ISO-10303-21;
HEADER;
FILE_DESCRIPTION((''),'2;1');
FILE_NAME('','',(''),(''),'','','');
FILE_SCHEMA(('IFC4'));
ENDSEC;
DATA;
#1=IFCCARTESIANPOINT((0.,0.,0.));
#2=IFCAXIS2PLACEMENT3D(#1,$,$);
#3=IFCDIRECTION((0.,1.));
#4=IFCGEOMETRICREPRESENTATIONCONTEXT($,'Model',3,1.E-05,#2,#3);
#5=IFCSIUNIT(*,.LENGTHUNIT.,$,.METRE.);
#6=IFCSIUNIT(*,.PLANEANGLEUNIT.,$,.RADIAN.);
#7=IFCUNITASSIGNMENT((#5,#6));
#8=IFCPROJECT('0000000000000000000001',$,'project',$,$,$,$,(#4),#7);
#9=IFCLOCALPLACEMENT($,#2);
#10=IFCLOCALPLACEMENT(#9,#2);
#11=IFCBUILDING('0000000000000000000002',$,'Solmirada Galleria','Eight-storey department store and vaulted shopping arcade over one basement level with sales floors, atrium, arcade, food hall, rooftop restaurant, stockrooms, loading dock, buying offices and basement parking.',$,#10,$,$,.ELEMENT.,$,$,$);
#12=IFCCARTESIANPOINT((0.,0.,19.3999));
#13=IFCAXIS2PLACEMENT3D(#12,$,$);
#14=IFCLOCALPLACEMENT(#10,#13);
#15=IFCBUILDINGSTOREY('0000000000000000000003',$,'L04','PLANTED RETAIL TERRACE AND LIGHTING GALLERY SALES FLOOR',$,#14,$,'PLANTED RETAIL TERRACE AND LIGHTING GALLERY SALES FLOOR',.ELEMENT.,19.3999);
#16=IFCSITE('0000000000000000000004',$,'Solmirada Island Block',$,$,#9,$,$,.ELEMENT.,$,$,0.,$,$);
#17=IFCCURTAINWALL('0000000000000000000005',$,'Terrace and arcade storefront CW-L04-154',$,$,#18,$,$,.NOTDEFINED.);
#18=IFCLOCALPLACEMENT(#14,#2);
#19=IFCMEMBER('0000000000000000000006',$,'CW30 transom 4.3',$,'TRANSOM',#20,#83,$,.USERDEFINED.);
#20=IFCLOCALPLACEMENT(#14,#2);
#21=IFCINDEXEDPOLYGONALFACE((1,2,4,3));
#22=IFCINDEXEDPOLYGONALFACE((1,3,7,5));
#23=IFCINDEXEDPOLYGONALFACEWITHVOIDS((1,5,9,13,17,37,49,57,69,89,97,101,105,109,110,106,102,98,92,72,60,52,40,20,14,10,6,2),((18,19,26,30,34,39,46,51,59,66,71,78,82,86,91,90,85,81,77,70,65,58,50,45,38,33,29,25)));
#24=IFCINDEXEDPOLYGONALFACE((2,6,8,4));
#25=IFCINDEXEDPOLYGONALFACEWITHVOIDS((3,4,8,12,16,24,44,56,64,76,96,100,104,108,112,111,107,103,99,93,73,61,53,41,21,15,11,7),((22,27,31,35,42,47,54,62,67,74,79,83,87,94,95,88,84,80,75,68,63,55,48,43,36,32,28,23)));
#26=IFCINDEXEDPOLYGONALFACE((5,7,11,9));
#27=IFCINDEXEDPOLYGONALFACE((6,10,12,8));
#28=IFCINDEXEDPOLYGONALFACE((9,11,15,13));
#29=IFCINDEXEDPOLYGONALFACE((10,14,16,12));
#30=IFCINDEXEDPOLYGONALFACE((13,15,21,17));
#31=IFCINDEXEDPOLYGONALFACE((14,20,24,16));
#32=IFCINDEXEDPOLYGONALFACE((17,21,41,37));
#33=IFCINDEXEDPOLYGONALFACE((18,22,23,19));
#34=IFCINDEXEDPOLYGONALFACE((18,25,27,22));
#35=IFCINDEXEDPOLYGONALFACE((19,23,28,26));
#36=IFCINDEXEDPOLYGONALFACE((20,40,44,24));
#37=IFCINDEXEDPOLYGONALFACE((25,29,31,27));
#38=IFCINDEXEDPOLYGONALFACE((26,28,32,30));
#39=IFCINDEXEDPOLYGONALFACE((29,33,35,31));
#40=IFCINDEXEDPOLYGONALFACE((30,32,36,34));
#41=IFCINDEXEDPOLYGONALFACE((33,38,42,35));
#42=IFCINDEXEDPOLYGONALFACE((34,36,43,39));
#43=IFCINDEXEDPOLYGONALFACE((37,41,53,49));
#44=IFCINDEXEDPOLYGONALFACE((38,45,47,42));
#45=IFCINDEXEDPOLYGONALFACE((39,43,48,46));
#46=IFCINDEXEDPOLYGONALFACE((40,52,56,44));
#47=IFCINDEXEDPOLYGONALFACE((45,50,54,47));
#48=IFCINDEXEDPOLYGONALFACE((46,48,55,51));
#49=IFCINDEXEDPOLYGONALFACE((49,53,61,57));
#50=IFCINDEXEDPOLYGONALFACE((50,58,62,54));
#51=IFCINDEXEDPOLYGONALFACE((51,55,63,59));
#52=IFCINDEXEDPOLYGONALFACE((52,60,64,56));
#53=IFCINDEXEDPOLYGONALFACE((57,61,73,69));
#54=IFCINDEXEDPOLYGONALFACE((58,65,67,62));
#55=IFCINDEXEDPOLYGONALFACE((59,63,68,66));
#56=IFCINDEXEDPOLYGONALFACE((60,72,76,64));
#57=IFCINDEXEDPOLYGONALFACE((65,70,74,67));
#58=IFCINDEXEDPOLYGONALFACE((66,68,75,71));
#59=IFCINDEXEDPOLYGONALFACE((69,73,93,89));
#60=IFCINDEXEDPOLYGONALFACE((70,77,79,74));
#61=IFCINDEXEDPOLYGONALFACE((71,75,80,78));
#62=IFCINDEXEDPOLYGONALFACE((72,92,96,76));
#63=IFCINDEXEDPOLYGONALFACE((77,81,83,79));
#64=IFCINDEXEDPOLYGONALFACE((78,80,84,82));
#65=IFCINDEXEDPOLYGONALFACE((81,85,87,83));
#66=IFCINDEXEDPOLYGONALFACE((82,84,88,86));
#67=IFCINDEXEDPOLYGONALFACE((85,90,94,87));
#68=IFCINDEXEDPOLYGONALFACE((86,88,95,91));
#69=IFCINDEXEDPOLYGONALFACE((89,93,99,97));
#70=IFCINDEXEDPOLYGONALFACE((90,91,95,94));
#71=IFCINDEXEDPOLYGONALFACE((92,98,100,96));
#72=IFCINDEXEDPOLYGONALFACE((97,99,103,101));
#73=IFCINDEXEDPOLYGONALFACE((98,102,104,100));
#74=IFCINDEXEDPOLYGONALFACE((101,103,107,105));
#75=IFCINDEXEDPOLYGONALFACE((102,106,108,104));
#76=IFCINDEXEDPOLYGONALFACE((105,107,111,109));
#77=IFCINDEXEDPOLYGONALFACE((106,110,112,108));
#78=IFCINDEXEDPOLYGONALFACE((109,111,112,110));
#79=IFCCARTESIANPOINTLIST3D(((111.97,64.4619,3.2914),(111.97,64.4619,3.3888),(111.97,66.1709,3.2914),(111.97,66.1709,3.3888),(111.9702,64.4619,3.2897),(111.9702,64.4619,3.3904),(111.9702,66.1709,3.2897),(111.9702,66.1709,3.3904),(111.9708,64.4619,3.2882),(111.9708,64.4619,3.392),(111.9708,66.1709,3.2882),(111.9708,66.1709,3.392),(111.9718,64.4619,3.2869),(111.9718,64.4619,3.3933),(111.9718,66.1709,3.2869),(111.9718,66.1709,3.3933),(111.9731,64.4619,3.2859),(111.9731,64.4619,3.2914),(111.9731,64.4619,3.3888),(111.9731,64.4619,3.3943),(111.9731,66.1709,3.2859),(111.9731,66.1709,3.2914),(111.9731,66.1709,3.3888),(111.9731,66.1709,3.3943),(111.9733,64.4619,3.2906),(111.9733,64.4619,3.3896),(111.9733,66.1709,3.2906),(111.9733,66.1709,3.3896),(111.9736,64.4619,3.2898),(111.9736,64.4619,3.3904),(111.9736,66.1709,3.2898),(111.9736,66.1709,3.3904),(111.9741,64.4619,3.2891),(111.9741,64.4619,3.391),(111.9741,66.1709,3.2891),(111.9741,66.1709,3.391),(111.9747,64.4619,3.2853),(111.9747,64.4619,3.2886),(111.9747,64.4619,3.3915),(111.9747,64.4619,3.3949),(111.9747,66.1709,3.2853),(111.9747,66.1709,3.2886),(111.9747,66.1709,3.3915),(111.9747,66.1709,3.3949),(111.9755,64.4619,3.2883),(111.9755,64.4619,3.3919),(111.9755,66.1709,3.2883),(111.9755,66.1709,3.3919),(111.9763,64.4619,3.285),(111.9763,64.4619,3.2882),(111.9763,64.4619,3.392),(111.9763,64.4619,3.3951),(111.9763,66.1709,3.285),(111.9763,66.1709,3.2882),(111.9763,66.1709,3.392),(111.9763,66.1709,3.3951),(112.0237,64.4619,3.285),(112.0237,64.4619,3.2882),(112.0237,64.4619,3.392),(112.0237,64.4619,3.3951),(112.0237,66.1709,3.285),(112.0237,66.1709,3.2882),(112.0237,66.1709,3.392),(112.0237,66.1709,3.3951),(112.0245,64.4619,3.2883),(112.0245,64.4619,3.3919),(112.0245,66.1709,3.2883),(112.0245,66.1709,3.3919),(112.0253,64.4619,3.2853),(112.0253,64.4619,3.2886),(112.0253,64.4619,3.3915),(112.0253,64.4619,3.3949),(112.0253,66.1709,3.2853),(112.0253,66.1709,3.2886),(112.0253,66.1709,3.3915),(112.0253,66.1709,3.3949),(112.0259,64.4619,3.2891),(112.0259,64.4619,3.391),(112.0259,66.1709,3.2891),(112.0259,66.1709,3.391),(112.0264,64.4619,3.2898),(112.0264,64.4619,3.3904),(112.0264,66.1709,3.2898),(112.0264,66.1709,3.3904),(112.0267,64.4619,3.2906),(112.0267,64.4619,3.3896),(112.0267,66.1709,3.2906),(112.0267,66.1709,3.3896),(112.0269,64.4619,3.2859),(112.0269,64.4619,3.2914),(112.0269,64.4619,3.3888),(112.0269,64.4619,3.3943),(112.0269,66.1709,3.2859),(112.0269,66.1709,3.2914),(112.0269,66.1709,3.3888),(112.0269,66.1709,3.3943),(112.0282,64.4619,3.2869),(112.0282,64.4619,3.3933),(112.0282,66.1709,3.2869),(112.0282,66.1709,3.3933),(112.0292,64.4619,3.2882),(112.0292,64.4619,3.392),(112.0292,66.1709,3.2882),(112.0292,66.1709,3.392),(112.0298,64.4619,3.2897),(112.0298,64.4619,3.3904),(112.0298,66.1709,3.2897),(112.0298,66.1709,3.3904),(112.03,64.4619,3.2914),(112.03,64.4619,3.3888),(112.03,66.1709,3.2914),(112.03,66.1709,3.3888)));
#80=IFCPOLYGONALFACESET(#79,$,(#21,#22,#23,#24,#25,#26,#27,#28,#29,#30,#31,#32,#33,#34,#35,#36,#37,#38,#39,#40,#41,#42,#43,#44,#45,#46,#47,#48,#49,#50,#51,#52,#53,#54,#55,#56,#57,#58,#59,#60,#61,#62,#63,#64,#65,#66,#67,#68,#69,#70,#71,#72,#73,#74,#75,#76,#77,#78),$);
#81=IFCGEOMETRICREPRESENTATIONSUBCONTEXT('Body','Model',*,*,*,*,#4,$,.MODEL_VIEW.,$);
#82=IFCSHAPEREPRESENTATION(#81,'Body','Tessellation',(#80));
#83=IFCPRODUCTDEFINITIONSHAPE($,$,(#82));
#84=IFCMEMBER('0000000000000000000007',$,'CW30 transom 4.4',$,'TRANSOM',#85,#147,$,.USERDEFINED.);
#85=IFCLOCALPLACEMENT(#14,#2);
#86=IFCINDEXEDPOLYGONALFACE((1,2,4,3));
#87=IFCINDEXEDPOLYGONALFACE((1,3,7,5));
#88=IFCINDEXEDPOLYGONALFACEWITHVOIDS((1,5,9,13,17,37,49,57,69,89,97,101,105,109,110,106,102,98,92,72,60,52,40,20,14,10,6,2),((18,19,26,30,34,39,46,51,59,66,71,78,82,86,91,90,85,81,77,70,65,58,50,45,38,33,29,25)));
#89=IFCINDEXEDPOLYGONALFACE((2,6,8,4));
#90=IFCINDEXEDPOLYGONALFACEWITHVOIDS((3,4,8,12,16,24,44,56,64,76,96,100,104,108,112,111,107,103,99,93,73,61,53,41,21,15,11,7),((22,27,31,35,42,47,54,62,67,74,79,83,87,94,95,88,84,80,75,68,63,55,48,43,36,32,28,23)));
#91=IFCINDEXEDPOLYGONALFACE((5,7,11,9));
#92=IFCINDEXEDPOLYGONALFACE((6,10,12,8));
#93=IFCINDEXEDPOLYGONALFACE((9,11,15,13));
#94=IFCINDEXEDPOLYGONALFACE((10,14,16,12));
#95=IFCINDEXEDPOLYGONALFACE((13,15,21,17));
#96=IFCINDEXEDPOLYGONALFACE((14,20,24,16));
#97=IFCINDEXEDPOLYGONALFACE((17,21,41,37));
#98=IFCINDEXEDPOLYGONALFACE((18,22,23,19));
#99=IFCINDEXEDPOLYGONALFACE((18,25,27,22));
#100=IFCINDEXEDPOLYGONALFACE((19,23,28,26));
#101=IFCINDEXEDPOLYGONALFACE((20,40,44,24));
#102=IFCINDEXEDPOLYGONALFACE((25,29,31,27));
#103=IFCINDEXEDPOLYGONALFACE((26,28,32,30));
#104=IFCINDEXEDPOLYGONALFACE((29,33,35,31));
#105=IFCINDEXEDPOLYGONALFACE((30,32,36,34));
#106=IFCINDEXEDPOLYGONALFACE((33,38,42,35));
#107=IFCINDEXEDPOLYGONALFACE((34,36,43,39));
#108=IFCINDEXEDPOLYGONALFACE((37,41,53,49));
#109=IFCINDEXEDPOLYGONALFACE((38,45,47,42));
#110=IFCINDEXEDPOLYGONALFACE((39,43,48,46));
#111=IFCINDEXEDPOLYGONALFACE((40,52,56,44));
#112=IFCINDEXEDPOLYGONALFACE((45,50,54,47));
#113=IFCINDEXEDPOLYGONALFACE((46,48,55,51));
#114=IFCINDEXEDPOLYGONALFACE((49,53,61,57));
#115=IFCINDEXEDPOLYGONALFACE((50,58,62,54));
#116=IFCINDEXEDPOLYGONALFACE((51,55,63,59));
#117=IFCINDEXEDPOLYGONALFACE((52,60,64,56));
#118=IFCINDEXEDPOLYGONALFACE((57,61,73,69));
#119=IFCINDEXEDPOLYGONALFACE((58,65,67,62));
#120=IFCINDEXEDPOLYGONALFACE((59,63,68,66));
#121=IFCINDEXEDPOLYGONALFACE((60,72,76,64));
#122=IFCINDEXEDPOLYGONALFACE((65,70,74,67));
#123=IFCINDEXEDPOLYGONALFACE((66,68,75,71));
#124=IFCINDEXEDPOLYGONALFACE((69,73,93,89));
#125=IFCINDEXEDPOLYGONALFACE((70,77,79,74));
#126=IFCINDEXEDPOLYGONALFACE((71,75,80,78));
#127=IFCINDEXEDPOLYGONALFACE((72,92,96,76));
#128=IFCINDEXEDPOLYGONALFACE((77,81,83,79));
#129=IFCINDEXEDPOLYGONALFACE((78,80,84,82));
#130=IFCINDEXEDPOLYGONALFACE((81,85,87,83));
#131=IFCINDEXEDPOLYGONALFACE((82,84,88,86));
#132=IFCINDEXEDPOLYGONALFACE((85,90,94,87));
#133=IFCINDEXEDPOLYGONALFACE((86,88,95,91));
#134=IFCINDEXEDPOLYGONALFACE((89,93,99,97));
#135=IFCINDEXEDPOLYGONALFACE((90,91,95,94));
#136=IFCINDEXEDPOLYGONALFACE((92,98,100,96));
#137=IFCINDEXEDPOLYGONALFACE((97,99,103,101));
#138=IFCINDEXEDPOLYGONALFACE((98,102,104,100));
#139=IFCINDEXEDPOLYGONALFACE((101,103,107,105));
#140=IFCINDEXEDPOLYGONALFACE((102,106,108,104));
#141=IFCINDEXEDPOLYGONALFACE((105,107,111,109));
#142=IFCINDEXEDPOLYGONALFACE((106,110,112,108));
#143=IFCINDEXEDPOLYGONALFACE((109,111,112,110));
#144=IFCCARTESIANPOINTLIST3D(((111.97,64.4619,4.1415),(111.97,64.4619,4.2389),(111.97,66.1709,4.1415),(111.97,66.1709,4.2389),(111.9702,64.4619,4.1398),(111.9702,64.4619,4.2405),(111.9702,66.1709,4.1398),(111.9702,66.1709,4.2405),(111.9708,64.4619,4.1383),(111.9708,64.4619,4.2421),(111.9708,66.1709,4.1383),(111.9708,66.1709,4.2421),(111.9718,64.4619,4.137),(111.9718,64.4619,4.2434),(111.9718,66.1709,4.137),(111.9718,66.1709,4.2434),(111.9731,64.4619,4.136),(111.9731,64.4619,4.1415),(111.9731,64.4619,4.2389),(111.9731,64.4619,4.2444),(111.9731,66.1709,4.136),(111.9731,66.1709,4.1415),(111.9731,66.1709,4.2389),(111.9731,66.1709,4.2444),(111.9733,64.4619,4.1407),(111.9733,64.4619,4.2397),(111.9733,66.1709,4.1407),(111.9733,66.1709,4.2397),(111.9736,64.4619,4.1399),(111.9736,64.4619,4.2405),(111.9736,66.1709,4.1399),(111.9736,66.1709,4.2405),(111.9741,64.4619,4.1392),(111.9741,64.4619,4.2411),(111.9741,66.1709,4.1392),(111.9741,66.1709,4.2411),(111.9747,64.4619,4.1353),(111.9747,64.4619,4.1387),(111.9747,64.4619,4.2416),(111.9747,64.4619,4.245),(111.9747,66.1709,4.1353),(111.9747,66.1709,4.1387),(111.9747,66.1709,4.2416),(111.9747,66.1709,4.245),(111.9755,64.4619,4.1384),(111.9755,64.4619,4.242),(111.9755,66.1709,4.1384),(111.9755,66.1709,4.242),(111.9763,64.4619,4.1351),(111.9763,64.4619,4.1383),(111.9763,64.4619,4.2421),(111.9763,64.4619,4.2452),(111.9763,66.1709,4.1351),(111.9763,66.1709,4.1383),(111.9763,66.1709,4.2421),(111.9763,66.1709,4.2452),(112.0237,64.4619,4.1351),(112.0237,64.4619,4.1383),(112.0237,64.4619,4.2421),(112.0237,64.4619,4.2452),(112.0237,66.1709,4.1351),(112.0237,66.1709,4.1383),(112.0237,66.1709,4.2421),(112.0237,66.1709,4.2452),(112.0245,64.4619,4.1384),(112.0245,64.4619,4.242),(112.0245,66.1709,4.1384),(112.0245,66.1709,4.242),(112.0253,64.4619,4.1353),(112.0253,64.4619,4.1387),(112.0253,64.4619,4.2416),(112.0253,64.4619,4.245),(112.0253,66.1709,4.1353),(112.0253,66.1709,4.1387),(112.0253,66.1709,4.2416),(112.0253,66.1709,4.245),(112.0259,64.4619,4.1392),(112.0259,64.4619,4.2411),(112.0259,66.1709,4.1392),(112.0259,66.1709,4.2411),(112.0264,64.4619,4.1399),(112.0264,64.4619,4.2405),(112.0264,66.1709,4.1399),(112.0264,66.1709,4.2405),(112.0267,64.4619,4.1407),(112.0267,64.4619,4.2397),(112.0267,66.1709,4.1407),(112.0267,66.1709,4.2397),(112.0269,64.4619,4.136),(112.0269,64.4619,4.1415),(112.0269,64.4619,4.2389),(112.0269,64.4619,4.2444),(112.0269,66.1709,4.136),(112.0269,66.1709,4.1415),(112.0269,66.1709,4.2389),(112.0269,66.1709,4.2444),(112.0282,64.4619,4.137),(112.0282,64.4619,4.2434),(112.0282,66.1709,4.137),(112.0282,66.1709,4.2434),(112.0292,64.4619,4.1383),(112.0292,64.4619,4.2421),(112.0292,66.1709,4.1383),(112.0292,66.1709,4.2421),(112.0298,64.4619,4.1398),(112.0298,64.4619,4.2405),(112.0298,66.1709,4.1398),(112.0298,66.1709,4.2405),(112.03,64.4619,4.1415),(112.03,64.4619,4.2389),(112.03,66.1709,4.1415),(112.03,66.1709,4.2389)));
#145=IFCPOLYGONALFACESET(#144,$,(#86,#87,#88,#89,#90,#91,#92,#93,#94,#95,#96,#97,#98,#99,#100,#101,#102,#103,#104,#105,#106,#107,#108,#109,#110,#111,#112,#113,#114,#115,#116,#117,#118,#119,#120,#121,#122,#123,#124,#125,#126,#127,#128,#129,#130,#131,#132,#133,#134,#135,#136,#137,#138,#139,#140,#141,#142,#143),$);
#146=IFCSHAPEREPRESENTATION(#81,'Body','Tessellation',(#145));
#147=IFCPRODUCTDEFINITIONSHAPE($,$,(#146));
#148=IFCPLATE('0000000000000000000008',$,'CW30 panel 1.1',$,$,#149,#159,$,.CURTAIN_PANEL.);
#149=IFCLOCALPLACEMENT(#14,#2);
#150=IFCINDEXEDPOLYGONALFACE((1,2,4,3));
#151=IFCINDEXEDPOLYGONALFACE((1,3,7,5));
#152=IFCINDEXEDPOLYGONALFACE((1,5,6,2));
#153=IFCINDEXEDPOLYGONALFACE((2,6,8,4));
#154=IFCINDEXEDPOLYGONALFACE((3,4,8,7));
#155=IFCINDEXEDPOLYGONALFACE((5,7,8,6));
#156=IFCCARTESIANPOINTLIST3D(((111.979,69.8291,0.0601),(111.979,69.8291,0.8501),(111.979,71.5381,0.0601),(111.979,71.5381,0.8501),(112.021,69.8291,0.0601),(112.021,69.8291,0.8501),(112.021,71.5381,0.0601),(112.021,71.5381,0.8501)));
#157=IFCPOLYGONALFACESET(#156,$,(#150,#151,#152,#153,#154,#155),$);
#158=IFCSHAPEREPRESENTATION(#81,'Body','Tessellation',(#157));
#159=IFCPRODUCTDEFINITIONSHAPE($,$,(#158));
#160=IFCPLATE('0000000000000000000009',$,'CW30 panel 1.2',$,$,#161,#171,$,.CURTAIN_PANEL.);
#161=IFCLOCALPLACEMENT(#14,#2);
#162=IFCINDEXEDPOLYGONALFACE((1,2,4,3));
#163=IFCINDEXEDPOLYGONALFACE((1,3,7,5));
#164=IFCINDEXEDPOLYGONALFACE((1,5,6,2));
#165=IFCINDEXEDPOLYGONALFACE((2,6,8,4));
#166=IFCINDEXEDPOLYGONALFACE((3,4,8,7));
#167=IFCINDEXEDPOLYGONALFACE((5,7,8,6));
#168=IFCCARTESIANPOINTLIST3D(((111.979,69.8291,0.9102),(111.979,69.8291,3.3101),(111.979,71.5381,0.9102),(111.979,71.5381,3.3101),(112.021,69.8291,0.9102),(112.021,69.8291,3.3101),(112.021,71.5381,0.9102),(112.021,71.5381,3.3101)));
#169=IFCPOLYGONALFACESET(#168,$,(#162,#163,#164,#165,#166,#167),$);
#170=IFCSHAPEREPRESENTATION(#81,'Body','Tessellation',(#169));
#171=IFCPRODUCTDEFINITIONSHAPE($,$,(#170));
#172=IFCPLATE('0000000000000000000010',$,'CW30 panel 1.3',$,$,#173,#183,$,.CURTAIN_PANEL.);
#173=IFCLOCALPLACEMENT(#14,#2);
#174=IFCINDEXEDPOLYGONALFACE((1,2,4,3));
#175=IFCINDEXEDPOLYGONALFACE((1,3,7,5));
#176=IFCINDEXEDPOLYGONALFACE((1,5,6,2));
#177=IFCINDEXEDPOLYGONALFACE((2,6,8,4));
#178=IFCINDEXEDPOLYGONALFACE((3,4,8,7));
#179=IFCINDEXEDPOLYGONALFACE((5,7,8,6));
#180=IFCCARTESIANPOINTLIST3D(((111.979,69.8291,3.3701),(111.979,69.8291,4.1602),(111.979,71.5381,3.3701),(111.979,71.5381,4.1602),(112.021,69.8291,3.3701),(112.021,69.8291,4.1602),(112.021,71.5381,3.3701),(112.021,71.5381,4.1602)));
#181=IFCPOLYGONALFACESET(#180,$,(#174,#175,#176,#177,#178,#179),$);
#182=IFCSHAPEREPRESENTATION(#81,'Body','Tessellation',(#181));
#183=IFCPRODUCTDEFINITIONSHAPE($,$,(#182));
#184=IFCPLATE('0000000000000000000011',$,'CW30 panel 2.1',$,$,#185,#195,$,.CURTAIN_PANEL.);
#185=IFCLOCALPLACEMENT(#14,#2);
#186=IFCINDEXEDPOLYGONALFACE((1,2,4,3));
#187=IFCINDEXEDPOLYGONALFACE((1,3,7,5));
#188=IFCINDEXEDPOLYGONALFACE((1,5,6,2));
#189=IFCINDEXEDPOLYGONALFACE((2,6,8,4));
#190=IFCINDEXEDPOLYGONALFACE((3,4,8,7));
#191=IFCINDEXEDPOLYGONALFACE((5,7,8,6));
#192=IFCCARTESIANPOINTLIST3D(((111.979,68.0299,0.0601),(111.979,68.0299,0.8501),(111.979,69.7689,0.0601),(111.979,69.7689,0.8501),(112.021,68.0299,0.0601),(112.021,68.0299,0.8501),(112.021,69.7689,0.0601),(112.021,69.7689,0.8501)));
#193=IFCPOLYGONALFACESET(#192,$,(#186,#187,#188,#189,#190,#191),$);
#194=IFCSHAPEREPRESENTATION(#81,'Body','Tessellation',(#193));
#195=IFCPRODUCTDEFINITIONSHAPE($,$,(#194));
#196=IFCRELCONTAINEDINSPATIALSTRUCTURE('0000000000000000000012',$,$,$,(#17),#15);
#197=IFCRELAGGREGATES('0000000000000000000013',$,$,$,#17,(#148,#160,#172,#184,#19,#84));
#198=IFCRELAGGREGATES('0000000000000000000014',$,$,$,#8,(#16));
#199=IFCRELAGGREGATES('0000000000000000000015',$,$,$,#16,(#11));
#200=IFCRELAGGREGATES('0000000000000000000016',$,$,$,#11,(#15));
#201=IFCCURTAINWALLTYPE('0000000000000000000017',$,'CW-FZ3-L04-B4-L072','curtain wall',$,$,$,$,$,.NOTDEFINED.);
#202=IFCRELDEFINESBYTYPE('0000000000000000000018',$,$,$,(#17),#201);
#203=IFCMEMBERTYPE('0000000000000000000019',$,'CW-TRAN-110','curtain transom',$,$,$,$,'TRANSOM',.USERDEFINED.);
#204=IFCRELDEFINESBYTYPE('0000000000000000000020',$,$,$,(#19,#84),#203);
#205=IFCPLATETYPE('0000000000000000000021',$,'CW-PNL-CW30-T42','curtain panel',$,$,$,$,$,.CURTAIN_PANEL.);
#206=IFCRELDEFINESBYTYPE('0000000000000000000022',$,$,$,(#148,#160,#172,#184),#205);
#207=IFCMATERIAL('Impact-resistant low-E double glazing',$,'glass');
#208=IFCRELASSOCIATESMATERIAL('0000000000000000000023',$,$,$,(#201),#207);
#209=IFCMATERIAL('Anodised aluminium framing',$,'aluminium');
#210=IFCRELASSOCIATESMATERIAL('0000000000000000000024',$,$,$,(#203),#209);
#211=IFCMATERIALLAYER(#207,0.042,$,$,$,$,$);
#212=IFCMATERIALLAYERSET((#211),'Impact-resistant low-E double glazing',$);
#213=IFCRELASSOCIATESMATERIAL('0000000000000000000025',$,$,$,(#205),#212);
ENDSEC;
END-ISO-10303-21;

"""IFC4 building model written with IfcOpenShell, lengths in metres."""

from ifc_helpers import new_model, si_unit, direction, frame, origin, origin_2d, place, context, subcontext, project, spatial, rectangle, hollow_rectangle, extrude, material, layer, layer_set, material_profile, profile_set, type_object, element, aggregate, save


model = new_model("IFC4")

# Units and contexts
model_context = context("Model", 3, precision=1e-05, world=origin(), true_north=direction((0.0, 1.0)))
body_context = subcontext(model_context, "Body", "Model", "MODEL_VIEW")
ifc_project = project(units=[si_unit("LENGTHUNIT", "METRE"), si_unit("PLANEANGLEUNIT", "RADIAN")], contexts=[model_context])

# Site, building, storey
site_placement = place(None, origin())
site = spatial("IfcSite", under=ifc_project, at=site_placement, Name="Solmirada Island Block", CompositionType="ELEMENT", RefElevation=0.0)
building_placement = place(site_placement, origin())
building = spatial("IfcBuilding", under=site, at=building_placement, Name="Solmirada Galleria", Description="Eight-storey department store and vaulted shopping arcade over one basement level with sales floors, atrium, arcade, food hall, rooftop restaurant, stockrooms, loading dock, buying offices and basement parking.", CompositionType="ELEMENT")
storey_placement = place(building_placement, frame((0.0, 0.0, 19.3999)))
storey = spatial("IfcBuildingStorey", under=building, at=storey_placement, Name="L04", Description="PLANTED RETAIL TERRACE AND LIGHTING GALLERY SALES FLOOR", LongName="PLANTED RETAIL TERRACE AND LIGHTING GALLERY SALES FLOOR", CompositionType="ELEMENT", Elevation=19.3999)

# Curtain wall, members, plates
ifc_material_1 = material(Name="Impact-resistant low-E double glazing", Category="glass")
curtain_wall_type = type_object("IfcCurtainWallType", Name="CW-FZ3-L04-B4-L072", Description="curtain wall", PredefinedType="NOTDEFINED", material=ifc_material_1)
curtain_wall_placement = place(storey_placement, origin())
curtain_wall = element("IfcCurtainWall", 1, at=curtain_wall_placement, inside=storey, type_object=curtain_wall_type, Name="Terrace and arcade storefront CW-L04-154", PredefinedType="NOTDEFINED")
ifc_material_2 = material(Name="Anodised aluminium framing", Category="aluminium")
ifc_material_profile_1 = material_profile(ifc_material_2, hollow_rectangle(XDim=0.0601, YDim=0.1101, WallThickness=0.0032, InnerFilletRadius=0.0032, OuterFilletRadius=0.0063, at=origin_2d()), Name="ALU-TRAN-110X60")
ifc_profile_set_1 = profile_set([ifc_material_profile_1], Name="Anodised aluminium framing")
member_type_1 = type_object("IfcMemberType", Name="CW-TRAN-110", Description="curtain transom", ElementType="TRANSOM", PredefinedType="USERDEFINED", material=ifc_profile_set_1)
member_1_placement = place(storey_placement, frame((112.0, 66.1709, 3.3401), z_axis=(0.0, -1.0, 0.0), x_axis=(1.0, 0.0, 0.0)))
member_1 = element("IfcMember", 2, at=member_1_placement, type_object=member_type_1, Name="CW30 transom 4.3", ObjectType="TRANSOM", PredefinedType="USERDEFINED", context=body_context, shape_type="SweptSolid", body=[
    extrude(hollow_rectangle(XDim=0.0601, YDim=0.1101, WallThickness=0.0032, InnerFilletRadius=0.0032, OuterFilletRadius=0.0063, at=origin_2d()), origin(), (0.0, 0.0, 1.0), 1.709),
])
member_2_placement = place(storey_placement, frame((112.0, 66.1709, 4.1902), z_axis=(0.0, -1.0, 0.0), x_axis=(1.0, 0.0, 0.0)))
member_2 = element("IfcMember", 3, at=member_2_placement, type_object=member_type_1, Name="CW30 transom 4.4", ObjectType="TRANSOM", PredefinedType="USERDEFINED", context=body_context, shape_type="SweptSolid", body=[
    extrude(hollow_rectangle(XDim=0.0601, YDim=0.1101, WallThickness=0.0032, InnerFilletRadius=0.0032, OuterFilletRadius=0.0063, at=origin_2d()), origin(), (0.0, 0.0, 1.0), 1.709),
])
ifc_layer = layer(ifc_material_1, 0.042)
ifc_layer_set = layer_set([ifc_layer], Name="Impact-resistant low-E double glazing")
plate_type = type_object("IfcPlateType", Name="CW-PNL-CW30-T42", Description="curtain panel", PredefinedType="CURTAIN_PANEL", material=ifc_layer_set)
plate_1_placement = place(storey_placement, frame((112.0, 70.6836, 0.0601), z_axis=(0.0, 0.0, 1.0), x_axis=(0.0, -1.0, 0.0)))
plate_1 = element("IfcPlate", 4, at=plate_1_placement, type_object=plate_type, Name="CW30 panel 1.1", PredefinedType="CURTAIN_PANEL", context=body_context, shape_type="SweptSolid", body=[
    extrude(rectangle(XDim=1.709, YDim=0.042, at=origin_2d()), origin(), (0.0, 0.0, 1.0), 0.79),
])
plate_2_placement = place(storey_placement, frame((112.0, 70.6836, 0.9102), z_axis=(0.0, 0.0, 1.0), x_axis=(0.0, -1.0, 0.0)))
plate_2 = element("IfcPlate", 5, at=plate_2_placement, type_object=plate_type, Name="CW30 panel 1.2", PredefinedType="CURTAIN_PANEL", context=body_context, shape_type="SweptSolid", body=[
    extrude(rectangle(XDim=1.709, YDim=0.042, at=origin_2d()), origin(), (0.0, 0.0, 1.0), 2.3999),
])
plate_3_placement = place(storey_placement, frame((112.0, 70.6836, 3.3701), z_axis=(0.0, 0.0, 1.0), x_axis=(0.0, -1.0, 0.0)))
plate_3 = element("IfcPlate", 6, at=plate_3_placement, type_object=plate_type, Name="CW30 panel 1.3", PredefinedType="CURTAIN_PANEL", context=body_context, shape_type="SweptSolid", body=[
    extrude(rectangle(XDim=1.709, YDim=0.042, at=origin_2d()), origin(), (0.0, 0.0, 1.0), 0.79),
])
plate_4_placement = place(storey_placement, frame((112.0, 68.8994, 0.0601), z_axis=(0.0, 0.0, 1.0), x_axis=(0.0, -1.0, 0.0)))
plate_4 = element("IfcPlate", 7, at=plate_4_placement, type_object=plate_type, Name="CW30 panel 2.1", PredefinedType="CURTAIN_PANEL", context=body_context, shape_type="SweptSolid", body=[
    extrude(rectangle(XDim=1.739, YDim=0.042, at=origin_2d()), origin(), (0.0, 0.0, 1.0), 0.79),
])
aggregate(curtain_wall, [plate_1, plate_2, plate_3, plate_4, member_1, member_2])

save(model, "model.ifc")
